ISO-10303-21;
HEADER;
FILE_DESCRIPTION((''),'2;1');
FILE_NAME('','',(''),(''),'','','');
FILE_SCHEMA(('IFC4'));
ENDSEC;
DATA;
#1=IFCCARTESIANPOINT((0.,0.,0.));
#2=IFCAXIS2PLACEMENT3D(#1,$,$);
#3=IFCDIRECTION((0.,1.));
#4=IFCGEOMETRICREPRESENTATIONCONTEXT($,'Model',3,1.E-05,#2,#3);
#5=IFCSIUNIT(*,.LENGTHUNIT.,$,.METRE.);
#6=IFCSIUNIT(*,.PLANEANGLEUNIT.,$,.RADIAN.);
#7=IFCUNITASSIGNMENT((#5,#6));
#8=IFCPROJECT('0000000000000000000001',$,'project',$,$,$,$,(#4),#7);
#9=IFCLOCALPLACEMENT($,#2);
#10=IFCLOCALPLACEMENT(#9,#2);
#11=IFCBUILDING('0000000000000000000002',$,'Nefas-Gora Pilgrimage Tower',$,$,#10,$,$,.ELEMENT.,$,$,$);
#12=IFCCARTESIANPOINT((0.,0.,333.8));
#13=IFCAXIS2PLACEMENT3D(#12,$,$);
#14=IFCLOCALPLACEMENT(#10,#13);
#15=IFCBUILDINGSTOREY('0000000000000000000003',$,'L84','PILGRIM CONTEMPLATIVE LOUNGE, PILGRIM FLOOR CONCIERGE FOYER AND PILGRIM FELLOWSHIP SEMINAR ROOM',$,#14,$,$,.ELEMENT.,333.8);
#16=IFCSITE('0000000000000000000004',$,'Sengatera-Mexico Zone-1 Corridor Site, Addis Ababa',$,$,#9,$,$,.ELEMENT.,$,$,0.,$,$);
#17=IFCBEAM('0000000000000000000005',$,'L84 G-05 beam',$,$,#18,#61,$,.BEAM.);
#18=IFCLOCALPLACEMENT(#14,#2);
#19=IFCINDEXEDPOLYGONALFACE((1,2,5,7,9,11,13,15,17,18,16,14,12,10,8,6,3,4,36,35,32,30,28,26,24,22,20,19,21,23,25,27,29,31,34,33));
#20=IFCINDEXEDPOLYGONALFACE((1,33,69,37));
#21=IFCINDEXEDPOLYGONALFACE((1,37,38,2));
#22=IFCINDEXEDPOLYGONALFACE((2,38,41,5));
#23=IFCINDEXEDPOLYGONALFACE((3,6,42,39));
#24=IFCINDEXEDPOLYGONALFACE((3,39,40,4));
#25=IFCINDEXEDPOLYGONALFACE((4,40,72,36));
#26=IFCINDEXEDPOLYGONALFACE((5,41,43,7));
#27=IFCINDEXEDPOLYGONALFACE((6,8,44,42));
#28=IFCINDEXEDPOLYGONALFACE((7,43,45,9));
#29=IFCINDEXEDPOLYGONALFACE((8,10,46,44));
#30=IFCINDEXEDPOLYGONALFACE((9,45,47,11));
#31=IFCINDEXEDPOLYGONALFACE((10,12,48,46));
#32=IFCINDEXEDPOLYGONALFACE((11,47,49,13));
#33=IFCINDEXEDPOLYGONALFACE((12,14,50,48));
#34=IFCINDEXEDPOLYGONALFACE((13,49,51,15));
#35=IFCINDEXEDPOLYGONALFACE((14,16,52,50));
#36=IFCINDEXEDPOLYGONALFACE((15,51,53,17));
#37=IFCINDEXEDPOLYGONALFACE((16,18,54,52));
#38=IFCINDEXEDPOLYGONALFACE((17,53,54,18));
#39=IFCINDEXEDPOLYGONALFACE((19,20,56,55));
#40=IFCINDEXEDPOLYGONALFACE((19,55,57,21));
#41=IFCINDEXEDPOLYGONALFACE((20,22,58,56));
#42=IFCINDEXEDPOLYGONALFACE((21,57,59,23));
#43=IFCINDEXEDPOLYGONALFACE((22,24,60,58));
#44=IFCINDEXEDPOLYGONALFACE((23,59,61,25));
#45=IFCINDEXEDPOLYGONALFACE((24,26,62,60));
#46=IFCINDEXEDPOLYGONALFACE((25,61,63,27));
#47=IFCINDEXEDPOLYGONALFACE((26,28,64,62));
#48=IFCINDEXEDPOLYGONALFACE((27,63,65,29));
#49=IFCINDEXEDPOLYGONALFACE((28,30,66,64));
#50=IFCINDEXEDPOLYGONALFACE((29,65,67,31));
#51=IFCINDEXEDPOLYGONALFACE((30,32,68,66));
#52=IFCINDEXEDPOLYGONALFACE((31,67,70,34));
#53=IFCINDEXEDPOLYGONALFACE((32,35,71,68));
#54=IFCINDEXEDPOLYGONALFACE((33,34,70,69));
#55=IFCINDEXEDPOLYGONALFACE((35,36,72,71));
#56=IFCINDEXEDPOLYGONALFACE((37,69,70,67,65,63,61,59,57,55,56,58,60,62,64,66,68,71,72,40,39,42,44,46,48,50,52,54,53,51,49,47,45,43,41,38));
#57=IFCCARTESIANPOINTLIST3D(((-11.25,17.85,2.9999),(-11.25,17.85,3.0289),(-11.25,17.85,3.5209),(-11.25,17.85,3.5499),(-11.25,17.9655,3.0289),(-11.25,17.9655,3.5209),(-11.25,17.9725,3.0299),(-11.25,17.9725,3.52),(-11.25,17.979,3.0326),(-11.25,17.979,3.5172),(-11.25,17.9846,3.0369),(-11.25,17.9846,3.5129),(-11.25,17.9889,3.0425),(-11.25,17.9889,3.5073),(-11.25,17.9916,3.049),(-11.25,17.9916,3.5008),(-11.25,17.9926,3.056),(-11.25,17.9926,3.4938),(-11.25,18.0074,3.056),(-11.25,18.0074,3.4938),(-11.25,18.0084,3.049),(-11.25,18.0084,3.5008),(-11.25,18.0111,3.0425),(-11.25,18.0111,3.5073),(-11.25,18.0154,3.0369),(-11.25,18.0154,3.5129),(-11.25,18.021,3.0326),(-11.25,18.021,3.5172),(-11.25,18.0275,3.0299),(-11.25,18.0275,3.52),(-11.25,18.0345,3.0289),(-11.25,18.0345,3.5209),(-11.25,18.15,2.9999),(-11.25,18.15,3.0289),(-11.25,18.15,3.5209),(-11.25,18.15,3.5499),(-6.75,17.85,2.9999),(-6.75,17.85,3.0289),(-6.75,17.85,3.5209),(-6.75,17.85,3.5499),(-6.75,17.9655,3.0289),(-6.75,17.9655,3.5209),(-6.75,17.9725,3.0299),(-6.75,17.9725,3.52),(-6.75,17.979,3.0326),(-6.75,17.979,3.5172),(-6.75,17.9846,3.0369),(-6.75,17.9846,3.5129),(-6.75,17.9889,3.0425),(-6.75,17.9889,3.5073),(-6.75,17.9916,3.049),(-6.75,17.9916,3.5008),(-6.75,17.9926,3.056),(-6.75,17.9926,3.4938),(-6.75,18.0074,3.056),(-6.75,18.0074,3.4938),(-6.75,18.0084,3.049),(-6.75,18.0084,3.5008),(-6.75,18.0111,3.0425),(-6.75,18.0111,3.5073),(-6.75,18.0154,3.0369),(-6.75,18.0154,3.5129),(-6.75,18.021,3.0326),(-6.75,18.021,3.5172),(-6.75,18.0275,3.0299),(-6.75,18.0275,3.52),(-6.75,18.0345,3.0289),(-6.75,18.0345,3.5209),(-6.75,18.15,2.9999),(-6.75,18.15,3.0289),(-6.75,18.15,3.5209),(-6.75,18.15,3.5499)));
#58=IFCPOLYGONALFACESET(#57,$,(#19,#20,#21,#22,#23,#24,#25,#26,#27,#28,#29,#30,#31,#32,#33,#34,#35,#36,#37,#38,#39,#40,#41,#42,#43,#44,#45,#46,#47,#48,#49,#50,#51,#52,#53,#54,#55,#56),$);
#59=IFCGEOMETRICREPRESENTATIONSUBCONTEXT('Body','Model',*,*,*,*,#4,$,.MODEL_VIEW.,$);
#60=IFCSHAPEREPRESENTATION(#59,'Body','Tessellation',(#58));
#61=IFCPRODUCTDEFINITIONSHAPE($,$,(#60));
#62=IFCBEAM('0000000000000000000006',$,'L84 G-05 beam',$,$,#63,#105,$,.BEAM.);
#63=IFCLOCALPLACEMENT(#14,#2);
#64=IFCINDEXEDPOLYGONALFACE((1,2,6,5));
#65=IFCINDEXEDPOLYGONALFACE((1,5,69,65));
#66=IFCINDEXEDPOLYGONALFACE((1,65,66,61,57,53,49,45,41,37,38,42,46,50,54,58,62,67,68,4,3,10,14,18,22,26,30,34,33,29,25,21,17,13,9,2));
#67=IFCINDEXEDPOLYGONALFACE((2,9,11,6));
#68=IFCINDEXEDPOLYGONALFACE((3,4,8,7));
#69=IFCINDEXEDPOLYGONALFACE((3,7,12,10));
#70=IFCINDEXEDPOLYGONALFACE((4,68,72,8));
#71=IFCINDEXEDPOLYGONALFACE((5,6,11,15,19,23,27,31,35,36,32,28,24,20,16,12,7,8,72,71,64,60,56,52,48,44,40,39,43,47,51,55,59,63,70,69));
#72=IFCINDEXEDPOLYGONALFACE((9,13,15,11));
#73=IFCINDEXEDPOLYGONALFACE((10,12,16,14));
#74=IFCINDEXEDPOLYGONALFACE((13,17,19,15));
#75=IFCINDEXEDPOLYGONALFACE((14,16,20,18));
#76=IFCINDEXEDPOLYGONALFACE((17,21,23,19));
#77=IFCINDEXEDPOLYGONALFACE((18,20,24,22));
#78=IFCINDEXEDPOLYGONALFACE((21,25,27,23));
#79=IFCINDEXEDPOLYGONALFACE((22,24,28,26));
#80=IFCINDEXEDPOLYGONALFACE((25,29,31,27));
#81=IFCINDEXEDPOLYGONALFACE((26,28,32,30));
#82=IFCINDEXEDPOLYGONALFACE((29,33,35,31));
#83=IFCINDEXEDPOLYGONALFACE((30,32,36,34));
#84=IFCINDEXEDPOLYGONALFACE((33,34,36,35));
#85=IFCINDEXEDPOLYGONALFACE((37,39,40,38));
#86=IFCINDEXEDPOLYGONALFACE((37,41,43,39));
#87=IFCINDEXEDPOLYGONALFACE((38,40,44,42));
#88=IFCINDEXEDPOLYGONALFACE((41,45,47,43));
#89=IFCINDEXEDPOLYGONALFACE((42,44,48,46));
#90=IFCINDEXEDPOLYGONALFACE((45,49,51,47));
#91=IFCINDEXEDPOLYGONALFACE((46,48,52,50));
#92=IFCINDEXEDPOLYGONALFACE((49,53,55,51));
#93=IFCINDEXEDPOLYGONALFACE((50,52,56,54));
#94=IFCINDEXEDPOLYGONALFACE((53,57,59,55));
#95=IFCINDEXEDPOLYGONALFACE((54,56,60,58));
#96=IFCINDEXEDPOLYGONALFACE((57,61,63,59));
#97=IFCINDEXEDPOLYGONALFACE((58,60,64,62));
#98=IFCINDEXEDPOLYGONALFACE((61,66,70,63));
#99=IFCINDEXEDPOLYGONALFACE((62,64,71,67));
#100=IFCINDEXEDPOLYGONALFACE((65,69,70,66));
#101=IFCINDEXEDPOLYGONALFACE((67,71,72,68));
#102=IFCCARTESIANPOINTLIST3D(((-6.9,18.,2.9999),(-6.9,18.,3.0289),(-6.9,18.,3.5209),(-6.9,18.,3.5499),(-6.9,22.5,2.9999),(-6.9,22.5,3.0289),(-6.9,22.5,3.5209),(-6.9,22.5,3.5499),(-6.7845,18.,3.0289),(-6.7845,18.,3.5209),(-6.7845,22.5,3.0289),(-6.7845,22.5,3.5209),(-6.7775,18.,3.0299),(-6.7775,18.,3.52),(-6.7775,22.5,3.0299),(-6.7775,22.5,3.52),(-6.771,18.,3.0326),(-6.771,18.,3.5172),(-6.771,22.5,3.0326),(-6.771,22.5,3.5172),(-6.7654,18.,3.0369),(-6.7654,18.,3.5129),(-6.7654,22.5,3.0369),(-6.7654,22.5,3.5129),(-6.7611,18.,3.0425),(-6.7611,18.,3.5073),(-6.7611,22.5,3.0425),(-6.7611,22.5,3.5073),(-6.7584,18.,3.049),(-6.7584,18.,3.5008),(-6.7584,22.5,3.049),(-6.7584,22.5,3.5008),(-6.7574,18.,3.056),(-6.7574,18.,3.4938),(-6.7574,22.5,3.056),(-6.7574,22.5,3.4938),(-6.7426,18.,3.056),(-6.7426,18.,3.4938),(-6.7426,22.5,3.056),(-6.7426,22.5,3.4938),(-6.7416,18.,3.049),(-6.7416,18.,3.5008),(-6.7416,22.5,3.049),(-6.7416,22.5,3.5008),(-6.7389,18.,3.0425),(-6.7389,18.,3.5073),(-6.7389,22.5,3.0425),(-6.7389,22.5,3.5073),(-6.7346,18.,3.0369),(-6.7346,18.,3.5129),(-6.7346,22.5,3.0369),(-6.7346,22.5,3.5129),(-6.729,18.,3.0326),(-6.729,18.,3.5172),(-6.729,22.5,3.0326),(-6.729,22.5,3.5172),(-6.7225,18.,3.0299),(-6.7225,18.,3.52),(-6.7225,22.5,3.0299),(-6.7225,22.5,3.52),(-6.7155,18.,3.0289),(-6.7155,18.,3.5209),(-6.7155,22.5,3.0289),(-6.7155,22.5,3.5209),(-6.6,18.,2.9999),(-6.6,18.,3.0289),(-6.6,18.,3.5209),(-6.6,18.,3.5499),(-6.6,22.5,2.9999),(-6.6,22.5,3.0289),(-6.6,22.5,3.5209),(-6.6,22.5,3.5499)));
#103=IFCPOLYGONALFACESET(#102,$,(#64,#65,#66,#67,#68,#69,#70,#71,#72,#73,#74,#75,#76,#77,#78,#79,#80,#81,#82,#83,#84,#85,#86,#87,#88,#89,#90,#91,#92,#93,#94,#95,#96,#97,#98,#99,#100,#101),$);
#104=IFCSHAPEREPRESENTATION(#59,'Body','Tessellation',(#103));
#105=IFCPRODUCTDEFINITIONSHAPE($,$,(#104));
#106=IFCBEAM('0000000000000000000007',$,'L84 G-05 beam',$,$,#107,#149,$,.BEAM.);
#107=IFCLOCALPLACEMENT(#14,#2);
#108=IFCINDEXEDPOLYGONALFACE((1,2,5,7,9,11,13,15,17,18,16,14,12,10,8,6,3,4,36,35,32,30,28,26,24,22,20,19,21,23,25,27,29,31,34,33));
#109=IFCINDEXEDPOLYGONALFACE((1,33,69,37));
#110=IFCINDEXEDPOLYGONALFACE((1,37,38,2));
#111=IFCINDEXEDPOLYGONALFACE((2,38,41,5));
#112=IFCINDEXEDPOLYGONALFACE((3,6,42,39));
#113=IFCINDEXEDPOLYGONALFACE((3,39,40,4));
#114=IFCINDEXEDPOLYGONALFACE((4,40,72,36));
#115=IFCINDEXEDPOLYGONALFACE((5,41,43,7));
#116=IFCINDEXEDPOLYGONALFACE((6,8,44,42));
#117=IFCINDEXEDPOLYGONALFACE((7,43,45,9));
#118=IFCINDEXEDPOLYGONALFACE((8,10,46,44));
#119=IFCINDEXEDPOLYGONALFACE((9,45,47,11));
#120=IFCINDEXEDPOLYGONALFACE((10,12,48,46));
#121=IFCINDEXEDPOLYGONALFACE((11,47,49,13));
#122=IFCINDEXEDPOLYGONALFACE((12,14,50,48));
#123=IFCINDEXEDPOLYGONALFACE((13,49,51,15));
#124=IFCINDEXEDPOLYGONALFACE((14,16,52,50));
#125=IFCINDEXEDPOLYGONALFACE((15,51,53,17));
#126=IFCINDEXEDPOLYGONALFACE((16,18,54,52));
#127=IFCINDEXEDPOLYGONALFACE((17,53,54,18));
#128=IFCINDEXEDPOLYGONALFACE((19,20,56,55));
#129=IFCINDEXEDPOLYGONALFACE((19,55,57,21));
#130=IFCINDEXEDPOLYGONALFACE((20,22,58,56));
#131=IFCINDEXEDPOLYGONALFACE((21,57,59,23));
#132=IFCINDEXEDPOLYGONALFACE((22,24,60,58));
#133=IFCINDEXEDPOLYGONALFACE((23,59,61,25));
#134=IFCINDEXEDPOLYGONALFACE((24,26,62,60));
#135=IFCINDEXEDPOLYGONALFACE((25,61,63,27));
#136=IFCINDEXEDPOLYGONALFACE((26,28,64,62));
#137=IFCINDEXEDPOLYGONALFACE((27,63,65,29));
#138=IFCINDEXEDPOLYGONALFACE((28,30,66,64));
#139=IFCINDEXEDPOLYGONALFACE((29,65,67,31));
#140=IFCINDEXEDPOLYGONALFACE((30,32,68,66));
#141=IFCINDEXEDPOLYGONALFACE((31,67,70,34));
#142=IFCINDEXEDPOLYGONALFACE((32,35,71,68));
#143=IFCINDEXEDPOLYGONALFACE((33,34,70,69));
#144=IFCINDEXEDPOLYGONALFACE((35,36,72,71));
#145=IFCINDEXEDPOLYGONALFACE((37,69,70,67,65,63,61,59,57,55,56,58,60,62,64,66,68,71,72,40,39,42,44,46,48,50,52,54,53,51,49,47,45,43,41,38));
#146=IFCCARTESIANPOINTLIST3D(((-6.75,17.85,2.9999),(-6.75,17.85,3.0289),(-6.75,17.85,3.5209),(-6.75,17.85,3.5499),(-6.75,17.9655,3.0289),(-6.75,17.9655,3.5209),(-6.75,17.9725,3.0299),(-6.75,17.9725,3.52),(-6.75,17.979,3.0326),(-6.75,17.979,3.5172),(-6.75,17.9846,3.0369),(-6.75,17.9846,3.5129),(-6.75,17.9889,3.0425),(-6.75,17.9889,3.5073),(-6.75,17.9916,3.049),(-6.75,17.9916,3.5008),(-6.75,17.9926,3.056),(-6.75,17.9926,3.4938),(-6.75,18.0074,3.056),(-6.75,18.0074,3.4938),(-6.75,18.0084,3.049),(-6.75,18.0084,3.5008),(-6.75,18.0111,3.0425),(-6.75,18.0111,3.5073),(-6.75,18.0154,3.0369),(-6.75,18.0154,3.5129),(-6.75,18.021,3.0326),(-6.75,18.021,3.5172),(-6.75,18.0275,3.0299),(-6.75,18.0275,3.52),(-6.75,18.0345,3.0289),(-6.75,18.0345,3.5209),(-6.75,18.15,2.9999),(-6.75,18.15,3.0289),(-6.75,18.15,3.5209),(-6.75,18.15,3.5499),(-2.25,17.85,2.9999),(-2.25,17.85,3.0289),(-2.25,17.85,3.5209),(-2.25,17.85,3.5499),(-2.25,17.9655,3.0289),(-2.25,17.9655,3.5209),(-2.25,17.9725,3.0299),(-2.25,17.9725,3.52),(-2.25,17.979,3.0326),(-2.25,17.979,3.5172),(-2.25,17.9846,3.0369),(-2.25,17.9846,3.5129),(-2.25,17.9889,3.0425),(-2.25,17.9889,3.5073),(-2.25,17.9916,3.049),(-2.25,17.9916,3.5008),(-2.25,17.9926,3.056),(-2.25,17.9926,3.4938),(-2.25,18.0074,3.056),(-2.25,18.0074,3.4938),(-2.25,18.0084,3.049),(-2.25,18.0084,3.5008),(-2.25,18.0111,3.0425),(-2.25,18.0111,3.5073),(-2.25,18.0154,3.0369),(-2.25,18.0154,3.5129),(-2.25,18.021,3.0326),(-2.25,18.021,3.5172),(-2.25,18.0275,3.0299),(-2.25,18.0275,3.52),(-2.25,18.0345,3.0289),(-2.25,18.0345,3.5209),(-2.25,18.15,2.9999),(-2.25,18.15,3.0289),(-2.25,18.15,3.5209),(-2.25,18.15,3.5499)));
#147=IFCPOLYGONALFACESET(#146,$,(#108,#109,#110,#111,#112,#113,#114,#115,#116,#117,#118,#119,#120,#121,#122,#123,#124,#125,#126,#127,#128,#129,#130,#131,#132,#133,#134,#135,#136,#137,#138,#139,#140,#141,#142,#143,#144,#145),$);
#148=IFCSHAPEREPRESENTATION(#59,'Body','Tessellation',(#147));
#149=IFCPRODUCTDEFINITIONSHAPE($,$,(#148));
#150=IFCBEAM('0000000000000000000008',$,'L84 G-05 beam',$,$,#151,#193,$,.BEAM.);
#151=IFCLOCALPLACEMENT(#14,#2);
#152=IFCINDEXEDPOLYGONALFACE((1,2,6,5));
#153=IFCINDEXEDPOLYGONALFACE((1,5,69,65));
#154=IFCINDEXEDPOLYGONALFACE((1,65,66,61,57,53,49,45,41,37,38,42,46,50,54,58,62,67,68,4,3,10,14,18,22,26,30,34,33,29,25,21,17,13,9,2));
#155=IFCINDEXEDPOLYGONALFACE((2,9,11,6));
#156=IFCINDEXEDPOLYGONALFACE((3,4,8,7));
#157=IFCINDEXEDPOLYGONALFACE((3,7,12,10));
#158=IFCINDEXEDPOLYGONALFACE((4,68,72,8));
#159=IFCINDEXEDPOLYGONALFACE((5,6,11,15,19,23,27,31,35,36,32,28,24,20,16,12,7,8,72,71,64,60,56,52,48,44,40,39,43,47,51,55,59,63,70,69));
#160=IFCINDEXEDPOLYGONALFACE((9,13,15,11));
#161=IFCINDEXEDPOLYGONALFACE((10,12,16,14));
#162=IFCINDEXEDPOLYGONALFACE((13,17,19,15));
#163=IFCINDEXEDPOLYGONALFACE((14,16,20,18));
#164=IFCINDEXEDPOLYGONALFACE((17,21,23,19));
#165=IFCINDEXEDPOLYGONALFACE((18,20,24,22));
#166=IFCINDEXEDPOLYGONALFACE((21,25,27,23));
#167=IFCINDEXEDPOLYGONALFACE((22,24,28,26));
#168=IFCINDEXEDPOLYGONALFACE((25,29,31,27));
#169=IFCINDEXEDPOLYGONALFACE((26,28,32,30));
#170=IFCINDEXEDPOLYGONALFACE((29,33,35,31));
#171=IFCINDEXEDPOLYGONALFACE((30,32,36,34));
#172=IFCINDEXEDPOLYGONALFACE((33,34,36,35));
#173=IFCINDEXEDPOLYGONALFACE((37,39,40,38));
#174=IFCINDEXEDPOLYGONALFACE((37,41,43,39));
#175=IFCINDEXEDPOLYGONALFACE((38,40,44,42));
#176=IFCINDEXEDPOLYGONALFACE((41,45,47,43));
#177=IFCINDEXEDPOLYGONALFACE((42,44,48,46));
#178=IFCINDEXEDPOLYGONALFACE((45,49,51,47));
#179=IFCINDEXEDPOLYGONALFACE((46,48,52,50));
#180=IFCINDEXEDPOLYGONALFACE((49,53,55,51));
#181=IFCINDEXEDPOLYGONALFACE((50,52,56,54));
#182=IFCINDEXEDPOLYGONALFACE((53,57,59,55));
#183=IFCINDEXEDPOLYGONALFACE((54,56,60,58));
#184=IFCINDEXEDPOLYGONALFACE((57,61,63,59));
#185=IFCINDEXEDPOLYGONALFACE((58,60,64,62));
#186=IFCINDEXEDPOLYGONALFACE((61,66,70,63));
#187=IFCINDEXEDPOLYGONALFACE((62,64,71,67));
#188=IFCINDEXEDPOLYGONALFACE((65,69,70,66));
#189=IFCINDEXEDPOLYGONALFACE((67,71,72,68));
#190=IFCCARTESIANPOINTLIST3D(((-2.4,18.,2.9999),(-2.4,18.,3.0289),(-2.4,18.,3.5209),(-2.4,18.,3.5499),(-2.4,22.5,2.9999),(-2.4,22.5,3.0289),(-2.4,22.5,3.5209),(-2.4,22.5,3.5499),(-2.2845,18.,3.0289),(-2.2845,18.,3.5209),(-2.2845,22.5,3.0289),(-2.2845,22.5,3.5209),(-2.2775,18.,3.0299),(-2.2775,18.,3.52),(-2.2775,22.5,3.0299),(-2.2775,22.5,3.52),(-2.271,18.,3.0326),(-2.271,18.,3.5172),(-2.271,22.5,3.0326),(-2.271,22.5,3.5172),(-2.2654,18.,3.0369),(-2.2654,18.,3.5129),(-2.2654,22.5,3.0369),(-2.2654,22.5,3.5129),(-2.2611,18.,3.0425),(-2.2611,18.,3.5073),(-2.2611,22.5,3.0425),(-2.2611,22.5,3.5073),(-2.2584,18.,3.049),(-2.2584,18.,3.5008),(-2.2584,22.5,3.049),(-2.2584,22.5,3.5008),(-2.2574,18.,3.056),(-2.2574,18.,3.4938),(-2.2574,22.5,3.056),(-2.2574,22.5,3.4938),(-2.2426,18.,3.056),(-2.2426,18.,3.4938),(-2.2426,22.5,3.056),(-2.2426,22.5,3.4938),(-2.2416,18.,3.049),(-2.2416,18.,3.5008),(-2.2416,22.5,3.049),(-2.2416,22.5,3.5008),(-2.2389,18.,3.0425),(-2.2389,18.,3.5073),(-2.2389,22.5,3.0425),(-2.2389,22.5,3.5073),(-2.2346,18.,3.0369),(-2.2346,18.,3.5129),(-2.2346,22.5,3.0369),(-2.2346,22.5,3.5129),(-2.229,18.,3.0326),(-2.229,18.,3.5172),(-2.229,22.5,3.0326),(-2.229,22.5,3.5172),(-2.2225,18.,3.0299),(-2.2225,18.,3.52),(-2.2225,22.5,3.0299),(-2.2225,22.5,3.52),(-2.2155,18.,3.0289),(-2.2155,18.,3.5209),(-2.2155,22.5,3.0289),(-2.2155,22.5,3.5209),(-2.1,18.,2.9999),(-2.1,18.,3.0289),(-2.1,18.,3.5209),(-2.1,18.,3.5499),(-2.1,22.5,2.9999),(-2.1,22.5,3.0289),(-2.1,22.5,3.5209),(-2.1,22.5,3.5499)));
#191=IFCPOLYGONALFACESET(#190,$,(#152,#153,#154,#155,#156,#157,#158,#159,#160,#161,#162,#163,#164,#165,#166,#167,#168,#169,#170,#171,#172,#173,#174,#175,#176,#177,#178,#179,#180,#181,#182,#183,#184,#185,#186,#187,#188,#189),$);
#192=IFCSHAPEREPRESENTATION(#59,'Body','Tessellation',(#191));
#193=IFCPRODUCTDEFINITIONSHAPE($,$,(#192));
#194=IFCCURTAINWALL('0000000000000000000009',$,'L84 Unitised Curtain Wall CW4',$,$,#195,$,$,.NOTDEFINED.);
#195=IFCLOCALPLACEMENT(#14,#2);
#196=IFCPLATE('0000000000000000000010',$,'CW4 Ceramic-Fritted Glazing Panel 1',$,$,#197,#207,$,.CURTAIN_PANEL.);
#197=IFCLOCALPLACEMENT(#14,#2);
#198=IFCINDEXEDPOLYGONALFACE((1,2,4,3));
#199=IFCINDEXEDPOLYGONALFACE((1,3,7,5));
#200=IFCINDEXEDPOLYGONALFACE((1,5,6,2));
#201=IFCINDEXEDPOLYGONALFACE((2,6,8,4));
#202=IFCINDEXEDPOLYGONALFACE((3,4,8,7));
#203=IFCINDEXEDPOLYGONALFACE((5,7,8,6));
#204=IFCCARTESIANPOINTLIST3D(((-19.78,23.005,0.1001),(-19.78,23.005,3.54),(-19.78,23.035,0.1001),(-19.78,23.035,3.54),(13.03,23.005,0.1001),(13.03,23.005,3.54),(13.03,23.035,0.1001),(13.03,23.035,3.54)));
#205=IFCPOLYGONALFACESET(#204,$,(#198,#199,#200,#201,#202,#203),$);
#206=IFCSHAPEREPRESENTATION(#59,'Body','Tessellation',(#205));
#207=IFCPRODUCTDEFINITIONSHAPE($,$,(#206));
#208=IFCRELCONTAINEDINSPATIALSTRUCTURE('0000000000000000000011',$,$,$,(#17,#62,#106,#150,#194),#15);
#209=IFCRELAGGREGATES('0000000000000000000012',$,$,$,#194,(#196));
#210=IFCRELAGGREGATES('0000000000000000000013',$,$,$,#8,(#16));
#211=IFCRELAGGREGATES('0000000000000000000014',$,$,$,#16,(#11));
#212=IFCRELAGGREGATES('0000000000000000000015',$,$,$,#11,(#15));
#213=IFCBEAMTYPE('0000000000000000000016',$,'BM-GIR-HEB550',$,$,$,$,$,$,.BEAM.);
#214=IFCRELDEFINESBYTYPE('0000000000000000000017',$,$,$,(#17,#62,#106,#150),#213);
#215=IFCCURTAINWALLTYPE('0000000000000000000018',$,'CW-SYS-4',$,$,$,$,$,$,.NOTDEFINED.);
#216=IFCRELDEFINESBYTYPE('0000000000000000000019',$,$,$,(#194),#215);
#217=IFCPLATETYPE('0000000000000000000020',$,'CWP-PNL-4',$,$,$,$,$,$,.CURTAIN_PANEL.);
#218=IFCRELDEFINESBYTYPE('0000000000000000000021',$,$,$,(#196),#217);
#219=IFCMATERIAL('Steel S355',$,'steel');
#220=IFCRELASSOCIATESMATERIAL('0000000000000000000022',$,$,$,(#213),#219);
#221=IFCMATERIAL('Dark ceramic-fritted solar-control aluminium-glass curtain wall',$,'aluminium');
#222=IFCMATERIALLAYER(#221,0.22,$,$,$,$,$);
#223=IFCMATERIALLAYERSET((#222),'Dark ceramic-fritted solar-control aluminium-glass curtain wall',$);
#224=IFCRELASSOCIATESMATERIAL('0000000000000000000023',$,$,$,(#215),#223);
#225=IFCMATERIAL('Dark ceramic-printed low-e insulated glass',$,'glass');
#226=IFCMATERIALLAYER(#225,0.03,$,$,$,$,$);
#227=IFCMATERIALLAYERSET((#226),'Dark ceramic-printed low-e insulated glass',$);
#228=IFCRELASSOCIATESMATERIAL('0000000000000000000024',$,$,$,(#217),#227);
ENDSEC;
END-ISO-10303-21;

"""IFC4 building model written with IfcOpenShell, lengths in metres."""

from ifc_helpers import new_model, si_unit, direction, frame, origin, origin_2d, place, context, subcontext, project, spatial, rectangle, i_section, extrude, source, transform, mapped, material, layer, layer_set, material_profile, profile_set, type_object, element, aggregate, save


model = new_model("IFC4")

# Units and contexts
model_context = context("Model", 3, precision=1e-05, world=origin(), true_north=direction((0.0, 1.0)))
body_context = subcontext(model_context, "Body", "Model", "MODEL_VIEW")
ifc_project = project(units=[si_unit("LENGTHUNIT", "METRE"), si_unit("PLANEANGLEUNIT", "RADIAN")], contexts=[model_context])

# Site, building, storey
site_placement = place(None, origin())
site = spatial("IfcSite", under=ifc_project, at=site_placement, Name="Sengatera-Mexico Zone-1 Corridor Site, Addis Ababa", CompositionType="ELEMENT", RefElevation=0.0)
building_placement = place(site_placement, origin())
building = spatial("IfcBuilding", under=site, at=building_placement, Name="Nefas-Gora Pilgrimage Tower", CompositionType="ELEMENT")
storey_placement = place(building_placement, frame((0.0, 0.0, 333.8)))
storey = spatial("IfcBuildingStorey", under=building, at=storey_placement, Name="L84", Description="PILGRIM CONTEMPLATIVE LOUNGE, PILGRIM FLOOR CONCIERGE FOYER AND PILGRIM FELLOWSHIP SEMINAR ROOM", CompositionType="ELEMENT", Elevation=333.8)

# Shared definitions
ifc_material_1 = material(Name="Steel S355", Category="steel")

# Beams
ifc_material_profile_1 = material_profile(ifc_material_1, i_section(OverallWidth=0.3, OverallDepth=0.55, WebThickness=0.0149, FlangeThickness=0.0291, FilletRadius=0.0271, at=origin_2d()), Name="HEB 550")
ifc_profile_set_1 = profile_set([ifc_material_profile_1], Name="Steel S355")
beam_type_1 = type_object("IfcBeamType", Name="BM-GIR-HEB550", PredefinedType="BEAM", material=ifc_profile_set_1)
shared_shape_1 = source(origin(), body_context, "Body", "SweptSolid", [
    extrude(i_section(OverallWidth=0.3, OverallDepth=0.55, WebThickness=0.0149, FlangeThickness=0.0291, FilletRadius=0.0271, at=origin_2d()), origin(), (0.0, 0.0, 1.0), 4.5),
])
for number, where, z_axis, x_axis, name in (
    (1, (-11.25, 18.0, 3.2749), (1.0, 0.0, 0.0), (0.0, 1.0, 0.0), "L84 G-05 beam"),
    (2, (-6.75, 18.0, 3.2749), (0.0, 1.0, 0.0), (-1.0, 0.0, 0.0), "L84 G-05 beam"),
    (3, (-6.75, 18.0, 3.2749), (1.0, 0.0, 0.0), (0.0, 1.0, 0.0), "L84 G-05 beam"),
    (4, (-2.25, 18.0, 3.2749), (0.0, 1.0, 0.0), (-1.0, 0.0, 0.0), "L84 G-05 beam"),
):
    element("IfcBeam", number, at=place(storey_placement, frame(where, z_axis=z_axis, x_axis=x_axis)), inside=storey, type_object=beam_type_1, Name=name, PredefinedType="BEAM", context=body_context, shape_type="MappedRepresentation", body=[
        mapped(shared_shape_1, transform((0.0, 0.0, 0.0), x_axis=(1.0, 0.0, 0.0), y_axis=(0.0, 1.0, 0.0), z_axis=(0.0, 0.0, 1.0), scale=1.0)),
    ])

# Curtain wall, plate
ifc_material_2 = material(Name="Dark ceramic-fritted solar-control aluminium-glass curtain wall", Category="aluminium")
ifc_layer_1 = layer(ifc_material_2, 0.22)
ifc_layer_set_1 = layer_set([ifc_layer_1], Name="Dark ceramic-fritted solar-control aluminium-glass curtain wall")
curtain_wall_type = type_object("IfcCurtainWallType", Name="CW-SYS-4", PredefinedType="NOTDEFINED", material=ifc_layer_set_1)
curtain_wall_placement = place(storey_placement, origin())
curtain_wall = element("IfcCurtainWall", 5, at=curtain_wall_placement, inside=storey, type_object=curtain_wall_type, Name="L84 Unitised Curtain Wall CW4", PredefinedType="NOTDEFINED")
ifc_material_3 = material(Name="Dark ceramic-printed low-e insulated glass", Category="glass")
ifc_layer_2 = layer(ifc_material_3, 0.03)
ifc_layer_set_2 = layer_set([ifc_layer_2], Name="Dark ceramic-printed low-e insulated glass")
plate_type = type_object("IfcPlateType", Name="CWP-PNL-4", PredefinedType="CURTAIN_PANEL", material=ifc_layer_set_2)
shared_shape_2 = source(origin(), body_context, "Body", "SweptSolid", [
    extrude(rectangle(XDim=32.8101, YDim=0.03, at=origin_2d()), origin(), (0.0, 0.0, 1.0), 3.4399),
])
plate_placement = place(storey_placement, frame((-3.375, 23.02, 0.1001), z_axis=(0.0, 0.0, 1.0), x_axis=(-1.0, 0.0, 0.0)))
plate = element("IfcPlate", 6, at=plate_placement, type_object=plate_type, Name="CW4 Ceramic-Fritted Glazing Panel 1", PredefinedType="CURTAIN_PANEL", context=body_context, shape_type="MappedRepresentation", body=[
    mapped(shared_shape_2, transform((0.0, 0.0, 0.0), x_axis=(1.0, 0.0, 0.0), y_axis=(0.0, 1.0, 0.0), z_axis=(0.0, 0.0, 1.0), scale=1.0)),
])
aggregate(curtain_wall, [plate])

save(model, "model.ifc")
